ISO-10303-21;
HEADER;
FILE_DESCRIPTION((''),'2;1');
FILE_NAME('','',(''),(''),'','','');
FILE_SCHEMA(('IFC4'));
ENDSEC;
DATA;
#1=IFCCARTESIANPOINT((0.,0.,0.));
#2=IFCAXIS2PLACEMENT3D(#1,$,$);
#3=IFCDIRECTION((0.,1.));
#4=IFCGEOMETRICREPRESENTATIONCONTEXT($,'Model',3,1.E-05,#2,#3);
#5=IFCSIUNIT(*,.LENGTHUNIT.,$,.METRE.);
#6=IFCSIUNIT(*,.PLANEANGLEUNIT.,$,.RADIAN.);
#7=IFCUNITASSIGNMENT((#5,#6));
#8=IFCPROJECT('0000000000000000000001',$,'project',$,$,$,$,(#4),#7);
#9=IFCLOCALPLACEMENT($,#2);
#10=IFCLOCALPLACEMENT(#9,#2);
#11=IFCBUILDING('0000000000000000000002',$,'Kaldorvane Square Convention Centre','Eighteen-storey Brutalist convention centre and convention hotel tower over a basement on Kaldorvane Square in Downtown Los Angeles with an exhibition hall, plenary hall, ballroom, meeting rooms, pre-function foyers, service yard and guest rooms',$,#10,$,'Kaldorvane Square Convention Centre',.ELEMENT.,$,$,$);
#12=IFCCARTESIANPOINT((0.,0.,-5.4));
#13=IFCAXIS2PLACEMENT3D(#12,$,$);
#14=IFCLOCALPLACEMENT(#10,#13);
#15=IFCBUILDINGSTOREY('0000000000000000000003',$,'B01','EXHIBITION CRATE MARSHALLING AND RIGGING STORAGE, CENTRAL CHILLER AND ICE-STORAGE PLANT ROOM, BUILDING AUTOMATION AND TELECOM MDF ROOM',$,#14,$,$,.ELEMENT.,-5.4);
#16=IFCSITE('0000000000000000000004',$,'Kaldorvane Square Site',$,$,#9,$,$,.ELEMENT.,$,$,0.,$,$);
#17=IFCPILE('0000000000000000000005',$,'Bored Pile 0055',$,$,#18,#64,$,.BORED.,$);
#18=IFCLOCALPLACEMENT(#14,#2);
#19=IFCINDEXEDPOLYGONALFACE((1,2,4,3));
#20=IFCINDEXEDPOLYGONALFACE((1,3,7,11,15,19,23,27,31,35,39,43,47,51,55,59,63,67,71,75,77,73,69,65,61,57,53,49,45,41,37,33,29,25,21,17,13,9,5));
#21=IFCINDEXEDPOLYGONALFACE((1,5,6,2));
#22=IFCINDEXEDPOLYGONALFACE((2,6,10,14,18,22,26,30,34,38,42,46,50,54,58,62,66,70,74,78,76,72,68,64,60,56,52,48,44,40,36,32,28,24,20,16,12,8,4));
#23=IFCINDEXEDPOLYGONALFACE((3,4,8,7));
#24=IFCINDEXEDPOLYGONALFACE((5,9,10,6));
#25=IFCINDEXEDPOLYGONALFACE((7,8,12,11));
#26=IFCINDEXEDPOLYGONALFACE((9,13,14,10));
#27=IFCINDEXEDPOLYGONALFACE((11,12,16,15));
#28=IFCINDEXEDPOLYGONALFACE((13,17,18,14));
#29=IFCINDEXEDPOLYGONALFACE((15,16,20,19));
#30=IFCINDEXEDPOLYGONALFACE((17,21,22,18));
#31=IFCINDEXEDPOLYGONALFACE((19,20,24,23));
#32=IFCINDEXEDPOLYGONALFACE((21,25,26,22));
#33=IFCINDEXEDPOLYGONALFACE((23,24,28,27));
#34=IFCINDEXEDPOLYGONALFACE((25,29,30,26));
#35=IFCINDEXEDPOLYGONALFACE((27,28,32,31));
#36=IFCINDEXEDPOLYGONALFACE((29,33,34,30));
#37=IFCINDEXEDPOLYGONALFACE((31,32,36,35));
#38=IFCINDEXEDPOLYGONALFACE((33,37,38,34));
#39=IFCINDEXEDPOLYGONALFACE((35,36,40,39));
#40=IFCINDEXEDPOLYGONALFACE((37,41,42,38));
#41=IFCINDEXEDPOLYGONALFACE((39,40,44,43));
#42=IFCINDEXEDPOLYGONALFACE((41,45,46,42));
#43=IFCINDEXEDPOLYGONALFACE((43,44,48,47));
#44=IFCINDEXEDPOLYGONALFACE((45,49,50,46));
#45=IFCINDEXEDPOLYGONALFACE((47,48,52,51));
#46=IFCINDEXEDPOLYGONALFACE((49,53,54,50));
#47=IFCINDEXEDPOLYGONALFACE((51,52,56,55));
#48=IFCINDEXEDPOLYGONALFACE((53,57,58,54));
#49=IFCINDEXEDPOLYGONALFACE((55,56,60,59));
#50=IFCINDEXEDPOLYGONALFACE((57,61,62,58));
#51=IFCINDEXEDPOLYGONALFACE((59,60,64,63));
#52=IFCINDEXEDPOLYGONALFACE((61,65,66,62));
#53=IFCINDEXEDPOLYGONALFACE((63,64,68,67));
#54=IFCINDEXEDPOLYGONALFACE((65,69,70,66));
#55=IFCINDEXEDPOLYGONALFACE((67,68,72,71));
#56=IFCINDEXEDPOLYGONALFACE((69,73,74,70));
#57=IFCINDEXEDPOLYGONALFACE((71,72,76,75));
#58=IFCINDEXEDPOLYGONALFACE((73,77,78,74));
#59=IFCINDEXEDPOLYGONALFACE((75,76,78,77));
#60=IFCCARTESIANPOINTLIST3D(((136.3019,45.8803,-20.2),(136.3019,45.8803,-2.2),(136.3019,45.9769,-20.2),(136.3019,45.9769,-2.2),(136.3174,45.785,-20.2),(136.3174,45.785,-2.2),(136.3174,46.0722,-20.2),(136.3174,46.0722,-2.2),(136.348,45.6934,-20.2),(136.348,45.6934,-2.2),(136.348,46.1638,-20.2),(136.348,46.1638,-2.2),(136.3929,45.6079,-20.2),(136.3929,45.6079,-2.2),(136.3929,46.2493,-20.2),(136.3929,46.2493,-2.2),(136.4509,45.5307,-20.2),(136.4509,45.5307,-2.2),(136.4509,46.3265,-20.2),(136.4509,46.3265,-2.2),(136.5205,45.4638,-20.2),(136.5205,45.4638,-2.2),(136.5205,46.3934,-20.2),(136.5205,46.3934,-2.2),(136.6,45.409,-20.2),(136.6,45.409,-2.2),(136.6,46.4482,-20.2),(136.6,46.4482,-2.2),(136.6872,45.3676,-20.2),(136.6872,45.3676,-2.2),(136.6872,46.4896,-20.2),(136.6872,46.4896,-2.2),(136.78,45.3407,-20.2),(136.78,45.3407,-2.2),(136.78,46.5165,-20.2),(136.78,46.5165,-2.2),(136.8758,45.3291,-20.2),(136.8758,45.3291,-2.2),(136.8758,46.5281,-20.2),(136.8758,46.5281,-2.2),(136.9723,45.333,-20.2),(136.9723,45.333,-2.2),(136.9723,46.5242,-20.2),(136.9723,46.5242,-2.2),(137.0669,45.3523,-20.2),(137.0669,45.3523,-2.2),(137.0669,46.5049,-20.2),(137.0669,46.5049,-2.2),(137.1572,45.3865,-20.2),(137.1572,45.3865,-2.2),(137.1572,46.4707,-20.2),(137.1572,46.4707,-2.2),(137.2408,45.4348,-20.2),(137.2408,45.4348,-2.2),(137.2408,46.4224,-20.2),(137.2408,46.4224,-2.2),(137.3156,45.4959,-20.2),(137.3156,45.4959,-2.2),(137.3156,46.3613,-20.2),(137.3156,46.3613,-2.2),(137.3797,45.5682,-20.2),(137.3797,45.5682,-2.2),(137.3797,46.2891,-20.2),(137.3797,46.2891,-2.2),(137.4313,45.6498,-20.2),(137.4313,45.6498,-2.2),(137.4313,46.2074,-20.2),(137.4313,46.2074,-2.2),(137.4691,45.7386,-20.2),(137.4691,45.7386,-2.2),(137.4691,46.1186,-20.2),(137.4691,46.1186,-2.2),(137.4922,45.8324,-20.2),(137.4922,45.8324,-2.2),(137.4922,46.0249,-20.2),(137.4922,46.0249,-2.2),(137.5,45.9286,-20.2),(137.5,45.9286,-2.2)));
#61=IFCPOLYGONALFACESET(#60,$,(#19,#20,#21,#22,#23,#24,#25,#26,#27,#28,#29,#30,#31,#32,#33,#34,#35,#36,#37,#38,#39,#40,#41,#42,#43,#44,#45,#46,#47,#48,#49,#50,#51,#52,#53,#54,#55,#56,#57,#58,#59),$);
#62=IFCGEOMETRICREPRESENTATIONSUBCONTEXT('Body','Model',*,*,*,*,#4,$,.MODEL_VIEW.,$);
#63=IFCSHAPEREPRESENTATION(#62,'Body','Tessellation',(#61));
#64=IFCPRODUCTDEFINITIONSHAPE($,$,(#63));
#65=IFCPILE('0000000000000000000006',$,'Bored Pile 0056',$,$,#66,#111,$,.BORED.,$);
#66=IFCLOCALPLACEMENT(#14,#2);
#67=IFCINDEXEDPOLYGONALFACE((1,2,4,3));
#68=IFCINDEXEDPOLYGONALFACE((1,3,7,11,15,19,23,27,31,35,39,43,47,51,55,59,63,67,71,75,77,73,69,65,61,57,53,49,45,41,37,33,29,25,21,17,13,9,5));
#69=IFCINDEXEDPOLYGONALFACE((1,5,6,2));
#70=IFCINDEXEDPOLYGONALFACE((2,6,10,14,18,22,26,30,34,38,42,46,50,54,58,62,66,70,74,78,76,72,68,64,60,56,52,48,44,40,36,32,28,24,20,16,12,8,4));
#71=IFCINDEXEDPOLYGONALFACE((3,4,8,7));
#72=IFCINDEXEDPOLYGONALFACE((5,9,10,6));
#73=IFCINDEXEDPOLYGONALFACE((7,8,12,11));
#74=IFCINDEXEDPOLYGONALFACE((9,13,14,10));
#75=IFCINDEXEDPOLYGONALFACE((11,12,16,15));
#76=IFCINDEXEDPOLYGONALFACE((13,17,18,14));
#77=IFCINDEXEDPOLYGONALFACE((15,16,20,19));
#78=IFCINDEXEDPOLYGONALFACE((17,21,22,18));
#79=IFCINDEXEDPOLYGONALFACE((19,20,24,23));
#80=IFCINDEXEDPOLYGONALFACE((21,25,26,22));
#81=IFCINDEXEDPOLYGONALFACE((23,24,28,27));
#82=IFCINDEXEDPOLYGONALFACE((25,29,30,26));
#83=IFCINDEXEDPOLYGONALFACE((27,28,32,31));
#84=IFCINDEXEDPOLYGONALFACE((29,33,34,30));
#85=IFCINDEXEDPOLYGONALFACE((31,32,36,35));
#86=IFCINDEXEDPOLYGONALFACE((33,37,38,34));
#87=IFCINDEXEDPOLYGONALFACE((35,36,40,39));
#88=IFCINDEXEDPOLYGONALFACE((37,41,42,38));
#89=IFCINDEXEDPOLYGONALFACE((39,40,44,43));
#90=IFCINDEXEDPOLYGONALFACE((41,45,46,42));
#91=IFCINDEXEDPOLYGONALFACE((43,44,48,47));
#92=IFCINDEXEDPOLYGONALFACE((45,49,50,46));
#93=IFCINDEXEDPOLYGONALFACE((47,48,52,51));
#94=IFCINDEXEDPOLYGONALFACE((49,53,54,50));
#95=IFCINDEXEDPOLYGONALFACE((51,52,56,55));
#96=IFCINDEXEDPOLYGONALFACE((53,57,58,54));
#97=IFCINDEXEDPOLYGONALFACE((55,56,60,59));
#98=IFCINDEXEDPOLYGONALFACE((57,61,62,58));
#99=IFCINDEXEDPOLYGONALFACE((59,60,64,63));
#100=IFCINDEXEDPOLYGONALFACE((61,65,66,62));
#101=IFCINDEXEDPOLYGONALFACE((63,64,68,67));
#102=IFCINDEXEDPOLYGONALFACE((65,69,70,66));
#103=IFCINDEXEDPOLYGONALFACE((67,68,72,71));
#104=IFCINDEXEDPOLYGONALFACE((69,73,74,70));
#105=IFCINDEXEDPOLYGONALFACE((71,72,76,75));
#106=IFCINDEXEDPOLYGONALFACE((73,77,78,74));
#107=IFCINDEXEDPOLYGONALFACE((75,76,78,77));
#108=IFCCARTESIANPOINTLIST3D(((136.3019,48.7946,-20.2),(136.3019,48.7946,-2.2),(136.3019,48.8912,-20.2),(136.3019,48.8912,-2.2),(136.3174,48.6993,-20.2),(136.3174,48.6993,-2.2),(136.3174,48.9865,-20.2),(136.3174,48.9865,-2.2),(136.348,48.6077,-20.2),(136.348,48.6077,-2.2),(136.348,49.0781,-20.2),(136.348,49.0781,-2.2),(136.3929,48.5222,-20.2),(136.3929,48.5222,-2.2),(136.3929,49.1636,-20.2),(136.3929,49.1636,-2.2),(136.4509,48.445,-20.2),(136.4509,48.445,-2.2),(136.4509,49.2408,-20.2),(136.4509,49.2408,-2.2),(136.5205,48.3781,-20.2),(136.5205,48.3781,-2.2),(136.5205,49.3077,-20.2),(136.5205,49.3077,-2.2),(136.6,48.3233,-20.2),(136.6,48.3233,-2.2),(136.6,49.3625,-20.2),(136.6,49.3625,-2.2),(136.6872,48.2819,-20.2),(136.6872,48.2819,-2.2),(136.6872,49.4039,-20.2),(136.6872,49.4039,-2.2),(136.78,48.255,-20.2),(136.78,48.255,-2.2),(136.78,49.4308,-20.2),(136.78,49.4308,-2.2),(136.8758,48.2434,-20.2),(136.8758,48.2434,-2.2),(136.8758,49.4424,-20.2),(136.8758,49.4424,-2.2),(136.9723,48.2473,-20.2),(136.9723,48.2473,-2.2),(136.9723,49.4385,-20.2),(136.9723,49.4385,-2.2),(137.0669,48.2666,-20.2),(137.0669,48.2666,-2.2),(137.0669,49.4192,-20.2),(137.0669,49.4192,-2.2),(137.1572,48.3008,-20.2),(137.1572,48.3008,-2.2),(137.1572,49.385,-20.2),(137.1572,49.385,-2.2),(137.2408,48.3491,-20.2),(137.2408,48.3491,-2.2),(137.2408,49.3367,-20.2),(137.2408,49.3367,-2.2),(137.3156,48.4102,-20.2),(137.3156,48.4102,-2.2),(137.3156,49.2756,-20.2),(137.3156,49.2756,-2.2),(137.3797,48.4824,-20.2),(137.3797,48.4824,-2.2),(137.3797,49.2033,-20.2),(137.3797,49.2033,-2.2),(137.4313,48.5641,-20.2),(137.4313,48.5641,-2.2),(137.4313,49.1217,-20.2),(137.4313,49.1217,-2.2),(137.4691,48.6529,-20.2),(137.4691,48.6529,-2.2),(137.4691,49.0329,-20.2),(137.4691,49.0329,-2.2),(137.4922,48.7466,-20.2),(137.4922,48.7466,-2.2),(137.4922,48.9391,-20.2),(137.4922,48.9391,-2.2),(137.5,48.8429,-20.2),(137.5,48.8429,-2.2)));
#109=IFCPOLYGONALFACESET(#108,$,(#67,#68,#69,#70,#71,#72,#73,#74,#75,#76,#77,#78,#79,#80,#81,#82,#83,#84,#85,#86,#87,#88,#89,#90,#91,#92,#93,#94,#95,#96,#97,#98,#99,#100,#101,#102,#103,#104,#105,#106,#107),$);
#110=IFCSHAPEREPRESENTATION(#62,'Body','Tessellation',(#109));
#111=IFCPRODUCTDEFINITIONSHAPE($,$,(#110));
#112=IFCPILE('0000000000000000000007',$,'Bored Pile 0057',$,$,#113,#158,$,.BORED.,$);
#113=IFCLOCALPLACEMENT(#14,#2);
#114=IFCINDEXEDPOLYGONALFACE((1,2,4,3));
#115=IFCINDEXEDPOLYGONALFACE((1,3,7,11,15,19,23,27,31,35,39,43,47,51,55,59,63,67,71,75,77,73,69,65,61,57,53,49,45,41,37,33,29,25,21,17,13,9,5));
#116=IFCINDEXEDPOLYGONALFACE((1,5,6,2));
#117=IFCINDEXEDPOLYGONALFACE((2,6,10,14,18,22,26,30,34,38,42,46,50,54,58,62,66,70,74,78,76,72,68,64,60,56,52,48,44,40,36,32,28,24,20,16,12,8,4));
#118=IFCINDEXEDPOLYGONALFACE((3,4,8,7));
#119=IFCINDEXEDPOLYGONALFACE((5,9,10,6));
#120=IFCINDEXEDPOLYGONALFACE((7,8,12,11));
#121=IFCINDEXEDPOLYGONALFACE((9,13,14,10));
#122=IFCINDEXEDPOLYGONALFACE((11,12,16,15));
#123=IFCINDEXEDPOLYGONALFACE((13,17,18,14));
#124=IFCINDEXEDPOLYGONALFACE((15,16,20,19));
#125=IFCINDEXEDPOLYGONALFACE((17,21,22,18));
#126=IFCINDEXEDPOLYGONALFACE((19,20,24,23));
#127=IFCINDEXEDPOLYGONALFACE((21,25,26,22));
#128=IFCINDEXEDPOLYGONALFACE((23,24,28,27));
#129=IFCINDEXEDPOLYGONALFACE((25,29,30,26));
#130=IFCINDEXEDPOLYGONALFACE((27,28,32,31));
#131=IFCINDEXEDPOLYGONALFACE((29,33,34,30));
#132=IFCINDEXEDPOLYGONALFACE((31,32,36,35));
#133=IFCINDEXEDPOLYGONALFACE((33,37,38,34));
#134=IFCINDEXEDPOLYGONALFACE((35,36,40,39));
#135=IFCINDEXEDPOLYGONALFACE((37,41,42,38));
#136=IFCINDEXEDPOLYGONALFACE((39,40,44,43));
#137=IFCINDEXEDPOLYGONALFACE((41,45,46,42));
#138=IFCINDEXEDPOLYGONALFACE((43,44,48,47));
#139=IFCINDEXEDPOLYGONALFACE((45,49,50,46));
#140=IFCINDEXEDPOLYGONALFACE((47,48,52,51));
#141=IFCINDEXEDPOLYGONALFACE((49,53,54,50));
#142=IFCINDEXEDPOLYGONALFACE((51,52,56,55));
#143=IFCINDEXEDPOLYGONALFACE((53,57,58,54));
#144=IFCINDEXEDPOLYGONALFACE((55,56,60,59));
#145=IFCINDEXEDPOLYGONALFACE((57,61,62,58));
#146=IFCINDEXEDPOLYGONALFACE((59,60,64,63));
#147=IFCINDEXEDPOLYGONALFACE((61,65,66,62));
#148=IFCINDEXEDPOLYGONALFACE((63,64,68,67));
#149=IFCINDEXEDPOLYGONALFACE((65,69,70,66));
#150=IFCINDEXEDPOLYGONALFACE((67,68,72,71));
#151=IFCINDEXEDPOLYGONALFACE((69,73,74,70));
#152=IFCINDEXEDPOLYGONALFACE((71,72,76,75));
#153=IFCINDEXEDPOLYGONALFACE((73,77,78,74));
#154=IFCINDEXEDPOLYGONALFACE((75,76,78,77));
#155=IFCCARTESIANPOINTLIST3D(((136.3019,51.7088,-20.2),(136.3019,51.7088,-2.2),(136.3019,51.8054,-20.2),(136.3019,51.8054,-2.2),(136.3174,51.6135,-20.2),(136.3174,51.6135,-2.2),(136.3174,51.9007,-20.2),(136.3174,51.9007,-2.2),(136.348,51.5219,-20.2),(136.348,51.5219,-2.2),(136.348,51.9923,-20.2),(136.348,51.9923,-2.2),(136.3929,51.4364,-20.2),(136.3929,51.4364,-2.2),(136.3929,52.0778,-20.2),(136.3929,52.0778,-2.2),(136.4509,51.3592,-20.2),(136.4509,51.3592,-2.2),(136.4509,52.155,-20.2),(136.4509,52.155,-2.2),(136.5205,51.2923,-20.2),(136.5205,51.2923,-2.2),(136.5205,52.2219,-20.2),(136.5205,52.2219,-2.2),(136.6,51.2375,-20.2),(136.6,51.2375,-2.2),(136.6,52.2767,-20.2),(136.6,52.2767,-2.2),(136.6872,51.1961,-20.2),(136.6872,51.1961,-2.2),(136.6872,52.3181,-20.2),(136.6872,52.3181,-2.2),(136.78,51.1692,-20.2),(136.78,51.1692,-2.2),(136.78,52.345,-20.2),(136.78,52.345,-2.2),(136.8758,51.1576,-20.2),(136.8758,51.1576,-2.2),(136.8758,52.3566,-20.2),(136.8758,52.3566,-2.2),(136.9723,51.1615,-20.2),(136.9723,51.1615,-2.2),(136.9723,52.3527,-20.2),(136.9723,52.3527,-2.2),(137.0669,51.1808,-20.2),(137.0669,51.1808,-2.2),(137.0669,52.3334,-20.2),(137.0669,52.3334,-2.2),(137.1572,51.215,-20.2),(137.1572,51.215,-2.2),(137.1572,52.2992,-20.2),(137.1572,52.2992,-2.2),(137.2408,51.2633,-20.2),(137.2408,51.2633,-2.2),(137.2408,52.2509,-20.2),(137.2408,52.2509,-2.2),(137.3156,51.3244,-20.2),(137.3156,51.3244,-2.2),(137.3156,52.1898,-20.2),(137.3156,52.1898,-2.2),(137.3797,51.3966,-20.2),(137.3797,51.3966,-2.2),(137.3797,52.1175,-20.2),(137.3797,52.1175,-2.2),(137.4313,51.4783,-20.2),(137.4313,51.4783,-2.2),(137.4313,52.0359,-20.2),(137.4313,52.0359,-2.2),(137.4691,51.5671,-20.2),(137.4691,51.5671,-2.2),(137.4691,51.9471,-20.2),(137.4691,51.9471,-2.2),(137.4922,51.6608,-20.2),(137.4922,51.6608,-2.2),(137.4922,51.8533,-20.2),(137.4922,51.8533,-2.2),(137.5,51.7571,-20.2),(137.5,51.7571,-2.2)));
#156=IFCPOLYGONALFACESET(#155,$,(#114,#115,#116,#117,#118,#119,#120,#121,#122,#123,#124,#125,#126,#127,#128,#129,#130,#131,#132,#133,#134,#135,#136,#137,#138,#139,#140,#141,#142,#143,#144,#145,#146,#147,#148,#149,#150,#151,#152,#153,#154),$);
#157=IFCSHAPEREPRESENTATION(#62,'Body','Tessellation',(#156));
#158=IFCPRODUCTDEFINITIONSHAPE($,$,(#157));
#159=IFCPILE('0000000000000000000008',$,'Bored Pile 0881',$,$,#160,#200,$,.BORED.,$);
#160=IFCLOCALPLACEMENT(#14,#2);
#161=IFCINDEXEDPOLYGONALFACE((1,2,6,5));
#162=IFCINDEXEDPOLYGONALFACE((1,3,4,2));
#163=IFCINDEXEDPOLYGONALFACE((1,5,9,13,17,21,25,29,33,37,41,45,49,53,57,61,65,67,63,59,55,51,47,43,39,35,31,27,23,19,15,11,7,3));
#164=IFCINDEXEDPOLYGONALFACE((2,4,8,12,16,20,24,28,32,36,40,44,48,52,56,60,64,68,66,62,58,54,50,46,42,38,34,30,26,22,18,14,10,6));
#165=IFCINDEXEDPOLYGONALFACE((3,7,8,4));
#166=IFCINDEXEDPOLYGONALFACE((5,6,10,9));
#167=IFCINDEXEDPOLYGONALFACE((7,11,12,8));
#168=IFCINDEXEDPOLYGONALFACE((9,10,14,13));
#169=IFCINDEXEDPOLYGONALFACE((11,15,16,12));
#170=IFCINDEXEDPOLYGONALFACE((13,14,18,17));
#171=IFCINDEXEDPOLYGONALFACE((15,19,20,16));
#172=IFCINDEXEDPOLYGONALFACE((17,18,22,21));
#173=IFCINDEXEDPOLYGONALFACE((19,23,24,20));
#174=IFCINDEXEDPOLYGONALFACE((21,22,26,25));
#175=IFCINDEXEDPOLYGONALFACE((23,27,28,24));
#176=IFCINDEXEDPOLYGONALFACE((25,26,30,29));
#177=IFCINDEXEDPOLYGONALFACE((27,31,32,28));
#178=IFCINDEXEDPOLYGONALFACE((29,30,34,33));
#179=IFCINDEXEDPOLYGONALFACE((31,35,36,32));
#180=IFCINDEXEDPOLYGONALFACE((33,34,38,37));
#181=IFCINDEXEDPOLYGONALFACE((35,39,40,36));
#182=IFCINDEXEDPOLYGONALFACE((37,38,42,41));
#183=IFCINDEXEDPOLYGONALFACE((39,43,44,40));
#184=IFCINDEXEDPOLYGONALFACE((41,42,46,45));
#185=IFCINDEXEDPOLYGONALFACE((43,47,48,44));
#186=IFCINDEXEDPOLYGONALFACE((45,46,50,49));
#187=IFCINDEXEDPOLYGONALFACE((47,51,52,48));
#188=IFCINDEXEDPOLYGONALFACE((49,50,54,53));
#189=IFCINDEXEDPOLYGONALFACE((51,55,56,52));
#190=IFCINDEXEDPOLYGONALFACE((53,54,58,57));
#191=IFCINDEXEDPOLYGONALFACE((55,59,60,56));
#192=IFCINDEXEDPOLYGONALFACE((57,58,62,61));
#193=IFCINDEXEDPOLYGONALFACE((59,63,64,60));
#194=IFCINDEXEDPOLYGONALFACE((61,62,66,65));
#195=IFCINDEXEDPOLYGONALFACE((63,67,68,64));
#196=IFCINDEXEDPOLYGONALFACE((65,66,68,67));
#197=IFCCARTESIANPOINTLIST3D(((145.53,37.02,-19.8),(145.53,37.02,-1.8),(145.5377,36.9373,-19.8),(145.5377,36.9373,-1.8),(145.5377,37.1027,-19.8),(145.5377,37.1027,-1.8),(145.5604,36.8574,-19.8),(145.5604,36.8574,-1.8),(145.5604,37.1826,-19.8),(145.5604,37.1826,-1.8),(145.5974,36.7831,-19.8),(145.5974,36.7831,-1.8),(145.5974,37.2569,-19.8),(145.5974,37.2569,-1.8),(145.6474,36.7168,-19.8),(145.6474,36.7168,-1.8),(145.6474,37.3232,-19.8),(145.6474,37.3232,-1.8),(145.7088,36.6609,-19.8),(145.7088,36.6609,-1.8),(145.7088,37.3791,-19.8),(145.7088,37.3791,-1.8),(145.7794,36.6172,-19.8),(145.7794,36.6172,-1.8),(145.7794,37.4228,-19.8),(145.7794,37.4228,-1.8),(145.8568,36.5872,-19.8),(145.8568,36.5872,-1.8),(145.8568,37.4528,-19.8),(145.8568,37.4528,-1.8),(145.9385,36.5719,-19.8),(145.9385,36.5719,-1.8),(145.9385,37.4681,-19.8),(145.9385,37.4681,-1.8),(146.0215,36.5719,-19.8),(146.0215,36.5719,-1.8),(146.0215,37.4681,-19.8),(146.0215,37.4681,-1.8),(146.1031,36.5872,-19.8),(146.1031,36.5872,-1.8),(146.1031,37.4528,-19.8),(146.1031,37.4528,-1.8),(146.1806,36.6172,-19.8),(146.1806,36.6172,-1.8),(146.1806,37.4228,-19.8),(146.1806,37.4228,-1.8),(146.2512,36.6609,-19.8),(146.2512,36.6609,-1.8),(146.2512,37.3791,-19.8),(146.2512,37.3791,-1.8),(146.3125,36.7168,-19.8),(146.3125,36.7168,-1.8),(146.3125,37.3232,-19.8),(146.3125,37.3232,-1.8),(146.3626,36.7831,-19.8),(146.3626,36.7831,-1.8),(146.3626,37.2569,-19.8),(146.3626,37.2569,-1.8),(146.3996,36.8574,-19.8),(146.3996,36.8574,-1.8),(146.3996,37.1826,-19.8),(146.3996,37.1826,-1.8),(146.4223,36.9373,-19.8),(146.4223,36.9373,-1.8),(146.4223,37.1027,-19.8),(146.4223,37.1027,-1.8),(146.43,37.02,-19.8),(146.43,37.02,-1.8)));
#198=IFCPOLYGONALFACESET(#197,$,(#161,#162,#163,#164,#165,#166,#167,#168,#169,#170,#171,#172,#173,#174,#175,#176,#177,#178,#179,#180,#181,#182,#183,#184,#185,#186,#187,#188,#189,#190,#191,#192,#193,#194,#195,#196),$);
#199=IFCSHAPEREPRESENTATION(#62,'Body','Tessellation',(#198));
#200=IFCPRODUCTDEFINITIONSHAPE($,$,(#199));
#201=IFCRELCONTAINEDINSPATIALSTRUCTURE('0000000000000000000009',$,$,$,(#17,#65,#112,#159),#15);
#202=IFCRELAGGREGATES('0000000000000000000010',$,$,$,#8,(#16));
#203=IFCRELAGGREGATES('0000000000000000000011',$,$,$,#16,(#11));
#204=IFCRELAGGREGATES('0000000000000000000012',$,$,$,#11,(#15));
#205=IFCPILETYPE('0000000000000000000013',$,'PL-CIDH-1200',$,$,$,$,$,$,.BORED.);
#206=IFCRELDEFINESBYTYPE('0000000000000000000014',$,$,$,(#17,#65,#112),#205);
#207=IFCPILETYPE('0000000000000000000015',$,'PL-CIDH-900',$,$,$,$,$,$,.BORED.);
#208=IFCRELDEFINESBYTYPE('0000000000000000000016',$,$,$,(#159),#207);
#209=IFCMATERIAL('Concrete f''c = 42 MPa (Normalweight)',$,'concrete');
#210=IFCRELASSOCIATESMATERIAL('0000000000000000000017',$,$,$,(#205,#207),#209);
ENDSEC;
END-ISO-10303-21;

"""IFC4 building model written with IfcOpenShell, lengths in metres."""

from ifc_helpers import new_model, si_unit, direction, frame, origin, origin_2d, place, context, subcontext, project, spatial, circle, extrude, material, material_profile, profile_set, type_object, element, save


model = new_model("IFC4")

# Units and contexts
model_context = context("Model", 3, precision=1e-05, world=origin(), true_north=direction((0.0, 1.0)))
body_context = subcontext(model_context, "Body", "Model", "MODEL_VIEW")
ifc_project = project(units=[si_unit("LENGTHUNIT", "METRE"), si_unit("PLANEANGLEUNIT", "RADIAN")], contexts=[model_context])

# Site, building, storey
site_placement = place(None, origin())
site = spatial("IfcSite", under=ifc_project, at=site_placement, Name="Kaldorvane Square Site", CompositionType="ELEMENT", RefElevation=0.0)
building_placement = place(site_placement, origin())
building = spatial("IfcBuilding", under=site, at=building_placement, Name="Kaldorvane Square Convention Centre", Description="Eighteen-storey Brutalist convention centre and convention hotel tower over a basement on Kaldorvane Square in Downtown Los Angeles with an exhibition hall, plenary hall, ballroom, meeting rooms, pre-function foyers, service yard and guest rooms", LongName="Kaldorvane Square Convention Centre", CompositionType="ELEMENT")
storey_placement = place(building_placement, frame((0.0, 0.0, -5.4)))
storey = spatial("IfcBuildingStorey", under=building, at=storey_placement, Name="B01", Description="EXHIBITION CRATE MARSHALLING AND RIGGING STORAGE, CENTRAL CHILLER AND ICE-STORAGE PLANT ROOM, BUILDING AUTOMATION AND TELECOM MDF ROOM", CompositionType="ELEMENT", Elevation=-5.4)

# Shared definitions
ifc_material_1 = material(Name="Concrete f'c = 42 MPa (Normalweight)", Category="concrete")

# Piles
ifc_material_profile_1 = material_profile(ifc_material_1, circle(Radius=0.6, at=origin_2d()), Name="PILE-D1200")
ifc_profile_set_1 = profile_set([ifc_material_profile_1], Name="Concrete f'c = 42 MPa (Normalweight)")
pile_type_1 = type_object("IfcPileType", Name="PL-CIDH-1200", PredefinedType="BORED", material=ifc_profile_set_1)
for number, where, z_axis, x_axis, name in (
    (1, (136.9, 45.9286, -2.2), (0.0, 0.0, -1.0), (1.0, 0.0, 0.0), "Bored Pile 0055"),
    (2, (136.9, 48.8429, -2.2), (0.0, 0.0, -1.0), (1.0, 0.0, 0.0), "Bored Pile 0056"),
    (3, (136.9, 51.7571, -2.2), (0.0, 0.0, -1.0), (1.0, 0.0, 0.0), "Bored Pile 0057"),
):
    element("IfcPile", number, at=place(storey_placement, frame(where, z_axis=z_axis, x_axis=x_axis)), inside=storey, type_object=pile_type_1, Name=name, PredefinedType="BORED", context=body_context, shape_type="SweptSolid", body=[
        extrude(circle(Radius=0.6, at=origin_2d()), origin(), (0.0, 0.0, 1.0), 18.0),
    ])
ifc_material_profile_2 = material_profile(ifc_material_1, circle(Radius=0.45, at=origin_2d()), Name="PILE-D900")
ifc_profile_set_2 = profile_set([ifc_material_profile_2], Name="Concrete f'c = 42 MPa (Normalweight)")
pile_type_2 = type_object("IfcPileType", Name="PL-CIDH-900", PredefinedType="BORED", material=ifc_profile_set_2)
for number, where, z_axis, x_axis, name in (
    (4, (145.98, 37.02, -1.8), (0.0, 0.0, -1.0), (1.0, 0.0, 0.0), "Bored Pile 0881"),
):
    element("IfcPile", number, at=place(storey_placement, frame(where, z_axis=z_axis, x_axis=x_axis)), inside=storey, type_object=pile_type_2, Name=name, PredefinedType="BORED", context=body_context, shape_type="SweptSolid", body=[
        extrude(circle(Radius=0.45, at=origin_2d()), origin(), (0.0, 0.0, 1.0), 18.0),
    ])

save(model, "model.ifc")
